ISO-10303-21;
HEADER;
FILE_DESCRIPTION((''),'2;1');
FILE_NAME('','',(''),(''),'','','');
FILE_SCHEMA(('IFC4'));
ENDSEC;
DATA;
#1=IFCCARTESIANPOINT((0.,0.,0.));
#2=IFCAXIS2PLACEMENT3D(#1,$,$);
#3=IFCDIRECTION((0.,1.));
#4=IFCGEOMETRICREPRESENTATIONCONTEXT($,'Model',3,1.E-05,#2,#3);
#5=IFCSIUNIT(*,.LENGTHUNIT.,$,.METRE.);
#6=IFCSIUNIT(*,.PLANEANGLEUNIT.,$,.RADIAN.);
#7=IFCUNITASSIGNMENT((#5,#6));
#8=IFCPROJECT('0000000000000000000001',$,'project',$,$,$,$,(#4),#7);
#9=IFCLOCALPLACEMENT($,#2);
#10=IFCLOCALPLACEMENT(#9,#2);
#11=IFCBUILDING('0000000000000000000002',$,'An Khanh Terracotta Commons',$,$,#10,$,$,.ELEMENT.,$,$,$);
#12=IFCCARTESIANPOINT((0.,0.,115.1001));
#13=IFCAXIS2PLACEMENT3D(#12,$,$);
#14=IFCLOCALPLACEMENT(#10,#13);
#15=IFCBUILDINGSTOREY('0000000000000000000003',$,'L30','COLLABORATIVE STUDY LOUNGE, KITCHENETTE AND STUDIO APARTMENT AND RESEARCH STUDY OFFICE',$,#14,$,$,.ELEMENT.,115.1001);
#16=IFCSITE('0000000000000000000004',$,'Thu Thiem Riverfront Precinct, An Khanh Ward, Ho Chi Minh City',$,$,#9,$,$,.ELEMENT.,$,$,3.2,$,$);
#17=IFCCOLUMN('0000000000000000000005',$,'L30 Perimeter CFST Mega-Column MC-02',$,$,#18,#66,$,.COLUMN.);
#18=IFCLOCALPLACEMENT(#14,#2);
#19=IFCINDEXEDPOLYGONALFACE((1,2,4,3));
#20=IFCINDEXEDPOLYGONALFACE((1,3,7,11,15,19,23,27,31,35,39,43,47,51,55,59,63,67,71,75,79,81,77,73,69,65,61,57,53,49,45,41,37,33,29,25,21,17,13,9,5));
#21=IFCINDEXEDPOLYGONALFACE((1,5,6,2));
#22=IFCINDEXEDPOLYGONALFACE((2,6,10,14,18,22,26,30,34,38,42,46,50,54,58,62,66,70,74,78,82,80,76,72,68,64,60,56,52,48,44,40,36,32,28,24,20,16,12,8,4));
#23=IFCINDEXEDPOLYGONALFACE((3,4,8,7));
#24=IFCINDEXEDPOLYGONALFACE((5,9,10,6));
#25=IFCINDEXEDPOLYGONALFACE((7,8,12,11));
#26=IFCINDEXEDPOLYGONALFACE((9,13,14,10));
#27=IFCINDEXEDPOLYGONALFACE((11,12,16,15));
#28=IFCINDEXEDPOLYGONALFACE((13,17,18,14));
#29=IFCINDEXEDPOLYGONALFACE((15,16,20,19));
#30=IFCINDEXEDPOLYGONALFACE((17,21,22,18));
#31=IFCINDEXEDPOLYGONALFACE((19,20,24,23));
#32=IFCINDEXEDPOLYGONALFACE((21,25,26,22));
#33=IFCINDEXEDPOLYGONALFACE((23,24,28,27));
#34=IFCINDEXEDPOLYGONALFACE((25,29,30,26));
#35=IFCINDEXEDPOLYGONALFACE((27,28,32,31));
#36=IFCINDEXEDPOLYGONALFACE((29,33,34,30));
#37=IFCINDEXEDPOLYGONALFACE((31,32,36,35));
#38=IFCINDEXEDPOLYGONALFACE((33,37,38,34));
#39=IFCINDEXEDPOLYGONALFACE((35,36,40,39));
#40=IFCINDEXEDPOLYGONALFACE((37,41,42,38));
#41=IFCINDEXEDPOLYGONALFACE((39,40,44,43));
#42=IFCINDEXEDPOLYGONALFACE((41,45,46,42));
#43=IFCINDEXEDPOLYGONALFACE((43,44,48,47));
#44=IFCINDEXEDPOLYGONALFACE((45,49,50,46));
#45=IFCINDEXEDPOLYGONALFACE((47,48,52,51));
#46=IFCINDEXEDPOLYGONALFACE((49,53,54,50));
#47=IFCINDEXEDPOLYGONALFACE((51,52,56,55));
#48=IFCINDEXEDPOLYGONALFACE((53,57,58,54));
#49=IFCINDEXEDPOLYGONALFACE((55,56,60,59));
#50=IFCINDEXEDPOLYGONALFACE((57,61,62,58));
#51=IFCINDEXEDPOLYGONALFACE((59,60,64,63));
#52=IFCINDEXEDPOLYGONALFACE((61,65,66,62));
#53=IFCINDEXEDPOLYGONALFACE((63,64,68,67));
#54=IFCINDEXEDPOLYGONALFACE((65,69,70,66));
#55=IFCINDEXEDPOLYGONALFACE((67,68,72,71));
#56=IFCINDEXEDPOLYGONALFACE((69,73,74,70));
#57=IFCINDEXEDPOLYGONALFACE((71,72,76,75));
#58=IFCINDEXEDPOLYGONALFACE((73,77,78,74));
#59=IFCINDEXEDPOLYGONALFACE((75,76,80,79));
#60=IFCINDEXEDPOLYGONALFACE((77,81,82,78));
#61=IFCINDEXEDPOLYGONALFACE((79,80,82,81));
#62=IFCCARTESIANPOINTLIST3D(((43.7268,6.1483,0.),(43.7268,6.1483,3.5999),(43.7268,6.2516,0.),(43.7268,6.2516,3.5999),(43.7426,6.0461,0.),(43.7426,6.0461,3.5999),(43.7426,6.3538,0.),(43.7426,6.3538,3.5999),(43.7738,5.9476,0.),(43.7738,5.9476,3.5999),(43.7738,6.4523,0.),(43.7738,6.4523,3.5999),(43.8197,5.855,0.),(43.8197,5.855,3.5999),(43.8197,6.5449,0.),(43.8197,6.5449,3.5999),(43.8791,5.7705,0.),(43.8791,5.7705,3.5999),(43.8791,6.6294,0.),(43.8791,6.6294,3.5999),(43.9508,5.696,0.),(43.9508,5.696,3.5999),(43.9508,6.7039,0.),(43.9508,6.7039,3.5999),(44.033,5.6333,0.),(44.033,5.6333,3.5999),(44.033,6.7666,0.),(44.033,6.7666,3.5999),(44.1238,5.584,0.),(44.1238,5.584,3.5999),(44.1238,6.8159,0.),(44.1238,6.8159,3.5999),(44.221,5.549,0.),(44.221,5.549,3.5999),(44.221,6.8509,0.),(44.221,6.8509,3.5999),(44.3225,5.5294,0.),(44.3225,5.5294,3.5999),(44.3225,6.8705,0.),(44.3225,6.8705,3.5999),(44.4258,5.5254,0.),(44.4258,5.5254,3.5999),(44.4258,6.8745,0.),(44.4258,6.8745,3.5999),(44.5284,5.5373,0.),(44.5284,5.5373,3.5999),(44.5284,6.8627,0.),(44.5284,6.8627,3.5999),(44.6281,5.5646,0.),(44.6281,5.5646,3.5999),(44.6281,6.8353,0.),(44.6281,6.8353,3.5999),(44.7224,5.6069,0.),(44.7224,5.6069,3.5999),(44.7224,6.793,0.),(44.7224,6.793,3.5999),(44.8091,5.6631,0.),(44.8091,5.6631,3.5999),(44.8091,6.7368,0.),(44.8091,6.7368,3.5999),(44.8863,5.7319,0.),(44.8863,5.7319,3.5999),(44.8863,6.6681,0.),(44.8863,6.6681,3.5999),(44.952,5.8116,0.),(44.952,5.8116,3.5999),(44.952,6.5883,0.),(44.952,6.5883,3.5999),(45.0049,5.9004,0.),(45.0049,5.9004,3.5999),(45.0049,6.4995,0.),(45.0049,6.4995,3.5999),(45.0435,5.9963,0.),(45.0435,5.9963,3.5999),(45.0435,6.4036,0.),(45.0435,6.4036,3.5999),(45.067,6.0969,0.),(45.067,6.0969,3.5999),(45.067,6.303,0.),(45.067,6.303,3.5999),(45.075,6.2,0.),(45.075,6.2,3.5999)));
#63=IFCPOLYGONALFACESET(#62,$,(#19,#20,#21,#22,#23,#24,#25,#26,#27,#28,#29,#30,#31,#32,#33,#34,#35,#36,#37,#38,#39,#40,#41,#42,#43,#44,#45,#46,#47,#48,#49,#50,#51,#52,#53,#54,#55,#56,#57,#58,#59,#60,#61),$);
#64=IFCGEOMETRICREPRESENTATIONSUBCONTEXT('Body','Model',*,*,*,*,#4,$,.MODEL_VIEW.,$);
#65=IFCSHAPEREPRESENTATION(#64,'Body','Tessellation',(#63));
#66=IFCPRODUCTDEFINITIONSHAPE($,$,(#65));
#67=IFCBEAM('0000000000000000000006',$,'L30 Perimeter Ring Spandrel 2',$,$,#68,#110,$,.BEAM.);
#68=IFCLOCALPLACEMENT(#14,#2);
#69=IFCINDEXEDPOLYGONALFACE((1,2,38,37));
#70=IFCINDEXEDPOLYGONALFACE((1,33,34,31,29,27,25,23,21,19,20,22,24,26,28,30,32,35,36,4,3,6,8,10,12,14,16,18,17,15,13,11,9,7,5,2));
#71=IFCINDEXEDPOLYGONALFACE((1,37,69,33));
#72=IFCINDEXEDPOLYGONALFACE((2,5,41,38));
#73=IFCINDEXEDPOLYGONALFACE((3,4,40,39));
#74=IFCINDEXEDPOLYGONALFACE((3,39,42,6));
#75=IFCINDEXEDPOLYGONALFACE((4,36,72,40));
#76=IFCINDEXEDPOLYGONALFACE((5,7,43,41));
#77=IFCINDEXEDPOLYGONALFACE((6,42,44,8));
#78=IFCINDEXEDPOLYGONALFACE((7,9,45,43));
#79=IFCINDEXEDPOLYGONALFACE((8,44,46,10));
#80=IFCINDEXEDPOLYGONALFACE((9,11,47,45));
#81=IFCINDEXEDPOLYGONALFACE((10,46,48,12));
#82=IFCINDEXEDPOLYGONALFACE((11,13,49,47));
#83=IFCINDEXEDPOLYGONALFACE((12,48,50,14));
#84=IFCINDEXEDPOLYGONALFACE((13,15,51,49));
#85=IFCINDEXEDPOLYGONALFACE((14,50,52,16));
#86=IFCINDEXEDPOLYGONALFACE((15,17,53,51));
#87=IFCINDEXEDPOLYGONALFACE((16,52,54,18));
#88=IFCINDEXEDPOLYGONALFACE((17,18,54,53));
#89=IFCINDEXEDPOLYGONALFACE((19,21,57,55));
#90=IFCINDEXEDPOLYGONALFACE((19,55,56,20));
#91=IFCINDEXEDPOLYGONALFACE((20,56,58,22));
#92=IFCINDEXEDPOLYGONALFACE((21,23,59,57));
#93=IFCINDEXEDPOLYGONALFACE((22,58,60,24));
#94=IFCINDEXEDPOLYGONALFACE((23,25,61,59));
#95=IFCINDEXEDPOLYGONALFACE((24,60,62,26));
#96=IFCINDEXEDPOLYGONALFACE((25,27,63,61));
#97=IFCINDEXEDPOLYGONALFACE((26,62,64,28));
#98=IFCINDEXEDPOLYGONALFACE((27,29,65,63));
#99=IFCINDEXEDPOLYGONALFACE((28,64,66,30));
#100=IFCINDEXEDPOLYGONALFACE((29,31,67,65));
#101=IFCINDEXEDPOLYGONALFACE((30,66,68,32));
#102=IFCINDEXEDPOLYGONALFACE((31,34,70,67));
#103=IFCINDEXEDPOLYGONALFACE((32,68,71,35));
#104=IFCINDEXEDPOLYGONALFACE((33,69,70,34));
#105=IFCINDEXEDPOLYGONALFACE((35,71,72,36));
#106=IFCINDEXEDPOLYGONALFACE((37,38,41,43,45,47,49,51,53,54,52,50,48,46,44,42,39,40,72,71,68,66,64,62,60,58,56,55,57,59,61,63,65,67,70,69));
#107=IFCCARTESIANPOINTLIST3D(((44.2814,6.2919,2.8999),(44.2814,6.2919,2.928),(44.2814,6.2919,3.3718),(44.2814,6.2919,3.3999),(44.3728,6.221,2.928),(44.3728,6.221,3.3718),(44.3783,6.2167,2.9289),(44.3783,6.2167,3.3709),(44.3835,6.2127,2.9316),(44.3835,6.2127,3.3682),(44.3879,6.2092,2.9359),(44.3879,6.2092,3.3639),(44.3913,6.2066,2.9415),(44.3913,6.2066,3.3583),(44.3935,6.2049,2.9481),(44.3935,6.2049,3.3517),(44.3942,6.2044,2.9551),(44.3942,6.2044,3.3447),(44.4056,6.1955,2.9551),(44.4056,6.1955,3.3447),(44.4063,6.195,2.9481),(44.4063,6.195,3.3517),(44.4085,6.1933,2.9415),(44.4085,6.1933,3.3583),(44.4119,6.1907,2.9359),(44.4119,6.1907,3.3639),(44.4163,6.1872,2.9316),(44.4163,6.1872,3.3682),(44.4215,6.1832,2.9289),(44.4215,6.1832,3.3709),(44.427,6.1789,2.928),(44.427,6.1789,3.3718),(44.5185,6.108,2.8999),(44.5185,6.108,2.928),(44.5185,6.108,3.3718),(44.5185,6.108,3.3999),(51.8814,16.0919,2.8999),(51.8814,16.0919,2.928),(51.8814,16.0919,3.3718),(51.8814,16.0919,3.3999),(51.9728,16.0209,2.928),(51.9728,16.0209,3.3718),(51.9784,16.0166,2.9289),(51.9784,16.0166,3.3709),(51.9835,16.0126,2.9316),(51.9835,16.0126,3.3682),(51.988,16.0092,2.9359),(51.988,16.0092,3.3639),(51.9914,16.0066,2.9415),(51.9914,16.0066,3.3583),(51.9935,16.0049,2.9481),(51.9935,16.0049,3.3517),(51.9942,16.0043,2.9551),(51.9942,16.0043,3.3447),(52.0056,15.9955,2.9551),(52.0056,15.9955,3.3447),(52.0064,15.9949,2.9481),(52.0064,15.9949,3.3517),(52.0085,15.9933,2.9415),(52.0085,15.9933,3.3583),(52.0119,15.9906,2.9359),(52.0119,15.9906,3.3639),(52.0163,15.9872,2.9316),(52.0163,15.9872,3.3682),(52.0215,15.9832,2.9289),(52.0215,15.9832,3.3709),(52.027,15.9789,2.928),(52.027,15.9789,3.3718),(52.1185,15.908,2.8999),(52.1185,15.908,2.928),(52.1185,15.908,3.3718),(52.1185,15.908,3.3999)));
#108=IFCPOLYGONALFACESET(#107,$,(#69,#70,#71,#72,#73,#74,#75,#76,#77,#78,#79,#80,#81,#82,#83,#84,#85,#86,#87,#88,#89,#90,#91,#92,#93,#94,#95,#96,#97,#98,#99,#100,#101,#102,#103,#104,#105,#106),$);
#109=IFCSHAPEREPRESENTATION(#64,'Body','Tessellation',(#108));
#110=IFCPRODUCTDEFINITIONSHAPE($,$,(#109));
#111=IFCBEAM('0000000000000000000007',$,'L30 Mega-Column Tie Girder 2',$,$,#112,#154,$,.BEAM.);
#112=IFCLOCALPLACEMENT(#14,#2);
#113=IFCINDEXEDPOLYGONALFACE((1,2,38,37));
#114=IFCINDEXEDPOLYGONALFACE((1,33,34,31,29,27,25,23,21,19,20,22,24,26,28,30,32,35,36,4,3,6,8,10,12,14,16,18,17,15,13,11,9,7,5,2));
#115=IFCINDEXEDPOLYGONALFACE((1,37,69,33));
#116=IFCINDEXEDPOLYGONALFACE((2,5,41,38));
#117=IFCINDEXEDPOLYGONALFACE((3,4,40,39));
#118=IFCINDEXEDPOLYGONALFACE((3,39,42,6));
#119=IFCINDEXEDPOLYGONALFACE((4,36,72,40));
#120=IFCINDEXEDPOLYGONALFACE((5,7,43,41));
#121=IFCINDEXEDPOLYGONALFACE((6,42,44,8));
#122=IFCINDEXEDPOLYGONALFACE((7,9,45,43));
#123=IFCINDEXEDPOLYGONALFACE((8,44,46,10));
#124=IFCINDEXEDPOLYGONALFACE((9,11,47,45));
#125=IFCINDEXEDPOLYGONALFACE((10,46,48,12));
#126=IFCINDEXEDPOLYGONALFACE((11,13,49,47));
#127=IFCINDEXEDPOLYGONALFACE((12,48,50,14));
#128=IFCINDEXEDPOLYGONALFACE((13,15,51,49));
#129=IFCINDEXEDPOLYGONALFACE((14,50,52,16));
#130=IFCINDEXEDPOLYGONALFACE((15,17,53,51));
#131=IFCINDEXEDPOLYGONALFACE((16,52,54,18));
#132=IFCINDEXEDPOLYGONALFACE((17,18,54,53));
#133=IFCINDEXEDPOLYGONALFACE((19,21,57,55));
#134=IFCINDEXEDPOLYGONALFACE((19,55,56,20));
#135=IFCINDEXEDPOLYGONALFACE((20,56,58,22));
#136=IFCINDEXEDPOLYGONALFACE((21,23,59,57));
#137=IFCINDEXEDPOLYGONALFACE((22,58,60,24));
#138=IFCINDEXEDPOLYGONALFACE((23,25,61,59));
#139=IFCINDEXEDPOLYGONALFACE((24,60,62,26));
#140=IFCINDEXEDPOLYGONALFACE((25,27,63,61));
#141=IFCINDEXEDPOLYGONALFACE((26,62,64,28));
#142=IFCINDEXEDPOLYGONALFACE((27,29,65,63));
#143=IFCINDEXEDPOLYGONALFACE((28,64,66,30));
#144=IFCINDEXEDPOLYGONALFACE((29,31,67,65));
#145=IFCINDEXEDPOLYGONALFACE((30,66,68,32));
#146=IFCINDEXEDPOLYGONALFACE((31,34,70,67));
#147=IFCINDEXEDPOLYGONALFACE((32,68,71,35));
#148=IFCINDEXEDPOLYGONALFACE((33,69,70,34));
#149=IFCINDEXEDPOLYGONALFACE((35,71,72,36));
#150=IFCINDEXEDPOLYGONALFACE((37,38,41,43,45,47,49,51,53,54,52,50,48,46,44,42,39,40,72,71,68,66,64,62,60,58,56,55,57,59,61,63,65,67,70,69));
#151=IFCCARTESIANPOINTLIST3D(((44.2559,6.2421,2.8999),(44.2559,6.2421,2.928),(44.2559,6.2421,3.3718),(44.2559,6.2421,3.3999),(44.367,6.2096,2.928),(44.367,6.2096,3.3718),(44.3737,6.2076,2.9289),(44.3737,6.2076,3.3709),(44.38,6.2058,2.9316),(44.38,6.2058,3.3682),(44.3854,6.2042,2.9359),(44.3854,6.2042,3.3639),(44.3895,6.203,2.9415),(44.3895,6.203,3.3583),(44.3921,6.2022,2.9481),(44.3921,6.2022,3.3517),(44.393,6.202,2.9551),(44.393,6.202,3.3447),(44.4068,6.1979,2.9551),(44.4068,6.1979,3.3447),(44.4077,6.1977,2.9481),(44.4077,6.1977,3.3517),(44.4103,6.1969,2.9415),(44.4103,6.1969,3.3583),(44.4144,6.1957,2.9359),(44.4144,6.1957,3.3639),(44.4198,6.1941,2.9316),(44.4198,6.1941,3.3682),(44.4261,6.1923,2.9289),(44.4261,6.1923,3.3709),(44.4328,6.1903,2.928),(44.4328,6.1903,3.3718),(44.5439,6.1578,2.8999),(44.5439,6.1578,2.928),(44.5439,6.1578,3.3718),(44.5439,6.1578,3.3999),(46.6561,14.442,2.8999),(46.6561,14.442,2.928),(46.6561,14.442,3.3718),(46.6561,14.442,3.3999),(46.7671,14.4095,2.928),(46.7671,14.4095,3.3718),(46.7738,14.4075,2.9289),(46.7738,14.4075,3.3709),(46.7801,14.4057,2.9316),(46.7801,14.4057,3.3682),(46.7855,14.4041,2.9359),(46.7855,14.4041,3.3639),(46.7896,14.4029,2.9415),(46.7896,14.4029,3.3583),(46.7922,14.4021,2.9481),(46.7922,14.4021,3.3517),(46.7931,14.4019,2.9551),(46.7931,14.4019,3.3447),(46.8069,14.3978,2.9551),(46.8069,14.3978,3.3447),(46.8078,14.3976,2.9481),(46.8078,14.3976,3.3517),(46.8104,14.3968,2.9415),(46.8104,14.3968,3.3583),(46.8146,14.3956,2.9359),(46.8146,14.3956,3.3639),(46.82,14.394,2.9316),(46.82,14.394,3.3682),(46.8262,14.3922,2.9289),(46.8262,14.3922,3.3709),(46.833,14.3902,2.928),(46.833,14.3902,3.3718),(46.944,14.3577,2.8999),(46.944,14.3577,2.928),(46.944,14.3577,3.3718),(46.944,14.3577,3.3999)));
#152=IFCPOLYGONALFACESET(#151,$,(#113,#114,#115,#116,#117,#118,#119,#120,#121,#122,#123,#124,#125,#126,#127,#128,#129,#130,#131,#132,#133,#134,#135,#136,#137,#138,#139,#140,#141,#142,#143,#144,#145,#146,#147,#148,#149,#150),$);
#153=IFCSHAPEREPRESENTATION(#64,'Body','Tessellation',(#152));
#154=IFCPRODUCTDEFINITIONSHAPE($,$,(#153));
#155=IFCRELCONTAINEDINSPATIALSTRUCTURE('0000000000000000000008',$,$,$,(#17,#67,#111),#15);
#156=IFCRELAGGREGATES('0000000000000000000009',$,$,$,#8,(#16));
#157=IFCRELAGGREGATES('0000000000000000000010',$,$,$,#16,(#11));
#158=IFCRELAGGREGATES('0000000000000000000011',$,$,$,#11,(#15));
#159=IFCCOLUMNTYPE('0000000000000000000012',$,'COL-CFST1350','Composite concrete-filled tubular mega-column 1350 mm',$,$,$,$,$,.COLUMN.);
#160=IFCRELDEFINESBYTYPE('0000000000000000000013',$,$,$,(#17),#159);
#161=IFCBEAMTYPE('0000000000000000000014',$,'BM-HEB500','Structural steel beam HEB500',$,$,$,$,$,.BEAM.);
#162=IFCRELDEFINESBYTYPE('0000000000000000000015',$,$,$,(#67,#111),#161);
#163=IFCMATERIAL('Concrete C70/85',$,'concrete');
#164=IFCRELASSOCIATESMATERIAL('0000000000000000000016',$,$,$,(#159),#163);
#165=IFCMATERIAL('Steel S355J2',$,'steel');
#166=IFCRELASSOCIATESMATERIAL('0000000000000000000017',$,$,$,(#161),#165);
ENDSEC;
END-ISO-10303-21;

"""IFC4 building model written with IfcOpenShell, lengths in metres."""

from ifc_helpers import new_model, si_unit, direction, frame, origin, origin_2d, place, context, subcontext, project, spatial, circle, i_section, extrude, material, material_profile, profile_set, type_object, element, save


model = new_model("IFC4")

# Units and contexts
model_context = context("Model", 3, precision=1e-05, world=origin(), true_north=direction((0.0, 1.0)))
body_context = subcontext(model_context, "Body", "Model", "MODEL_VIEW")
ifc_project = project(units=[si_unit("LENGTHUNIT", "METRE"), si_unit("PLANEANGLEUNIT", "RADIAN")], contexts=[model_context])

# Site, building, storey
site_placement = place(None, origin())
site = spatial("IfcSite", under=ifc_project, at=site_placement, Name="Thu Thiem Riverfront Precinct, An Khanh Ward, Ho Chi Minh City", CompositionType="ELEMENT", RefElevation=3.2)
building_placement = place(site_placement, origin())
building = spatial("IfcBuilding", under=site, at=building_placement, Name="An Khanh Terracotta Commons", CompositionType="ELEMENT")
storey_placement = place(building_placement, frame((0.0, 0.0, 115.1001)))
storey = spatial("IfcBuildingStorey", under=building, at=storey_placement, Name="L30", Description="COLLABORATIVE STUDY LOUNGE, KITCHENETTE AND STUDIO APARTMENT AND RESEARCH STUDY OFFICE", CompositionType="ELEMENT", Elevation=115.1001)

# Column
ifc_material_1 = material(Name="Concrete C70/85", Category="concrete")
ifc_material_profile_1 = material_profile(ifc_material_1, circle(Radius=0.675, at=origin_2d()), Name="CFST1350")
ifc_profile_set_1 = profile_set([ifc_material_profile_1], Name="Concrete C70/85")
column_type = type_object("IfcColumnType", Name="COL-CFST1350", Description="Composite concrete-filled tubular mega-column 1350 mm", PredefinedType="COLUMN", material=ifc_profile_set_1)
column_placement = place(storey_placement, frame((44.3999, 6.2, 0.0), z_axis=(0.0, 0.0, 1.0), x_axis=(1.0, 0.0, 0.0)))
element("IfcColumn", 1, at=column_placement, inside=storey, type_object=column_type, Name="L30 Perimeter CFST Mega-Column MC-02", PredefinedType="COLUMN", context=body_context, shape_type="SweptSolid", body=[
    extrude(circle(Radius=0.675, at=origin_2d()), origin(), (0.0, 0.0, 1.0), 3.5999),
])

# Beams
ifc_material_2 = material(Name="Steel S355J2", Category="steel")
ifc_material_profile_2 = material_profile(ifc_material_2, i_section(OverallWidth=0.3, OverallDepth=0.5, WebThickness=0.0144, FlangeThickness=0.0281, FilletRadius=0.0271, at=origin_2d()), Name="HEB500")
ifc_profile_set_2 = profile_set([ifc_material_profile_2], Name="Steel S355J2")
beam_type = type_object("IfcBeamType", Name="BM-HEB500", Description="Structural steel beam HEB500", PredefinedType="BEAM", material=ifc_profile_set_2)
beam_1_placement = place(storey_placement, frame((44.3999, 6.2, 3.1499), z_axis=(0.612827, 0.790217, 0.0), x_axis=(-0.790217, 0.612827, 0.0)))
element("IfcBeam", 2, at=beam_1_placement, inside=storey, type_object=beam_type, Name="L30 Perimeter Ring Spandrel 2", PredefinedType="BEAM", context=body_context, shape_type="SweptSolid", body=[
    extrude(i_section(OverallWidth=0.3, OverallDepth=0.5, WebThickness=0.0144, FlangeThickness=0.0281, FilletRadius=0.0271, at=origin_2d()), origin(), (0.0, 0.0, 1.0), 12.4016),
])
beam_2_placement = place(storey_placement, frame((44.3999, 6.2, 3.1499), z_axis=(0.280916, 0.959732, 0.0), x_axis=(-0.959732, 0.280916, 0.0)))
element("IfcBeam", 3, at=beam_2_placement, inside=storey, type_object=beam_type, Name="L30 Mega-Column Tie Girder 2", PredefinedType="BEAM", context=body_context, shape_type="SweptSolid", body=[
    extrude(i_section(OverallWidth=0.3, OverallDepth=0.5, WebThickness=0.0144, FlangeThickness=0.0281, FilletRadius=0.0271, at=origin_2d()), origin(), (0.0, 0.0, 1.0), 8.5439),
])

save(model, "model.ifc")
